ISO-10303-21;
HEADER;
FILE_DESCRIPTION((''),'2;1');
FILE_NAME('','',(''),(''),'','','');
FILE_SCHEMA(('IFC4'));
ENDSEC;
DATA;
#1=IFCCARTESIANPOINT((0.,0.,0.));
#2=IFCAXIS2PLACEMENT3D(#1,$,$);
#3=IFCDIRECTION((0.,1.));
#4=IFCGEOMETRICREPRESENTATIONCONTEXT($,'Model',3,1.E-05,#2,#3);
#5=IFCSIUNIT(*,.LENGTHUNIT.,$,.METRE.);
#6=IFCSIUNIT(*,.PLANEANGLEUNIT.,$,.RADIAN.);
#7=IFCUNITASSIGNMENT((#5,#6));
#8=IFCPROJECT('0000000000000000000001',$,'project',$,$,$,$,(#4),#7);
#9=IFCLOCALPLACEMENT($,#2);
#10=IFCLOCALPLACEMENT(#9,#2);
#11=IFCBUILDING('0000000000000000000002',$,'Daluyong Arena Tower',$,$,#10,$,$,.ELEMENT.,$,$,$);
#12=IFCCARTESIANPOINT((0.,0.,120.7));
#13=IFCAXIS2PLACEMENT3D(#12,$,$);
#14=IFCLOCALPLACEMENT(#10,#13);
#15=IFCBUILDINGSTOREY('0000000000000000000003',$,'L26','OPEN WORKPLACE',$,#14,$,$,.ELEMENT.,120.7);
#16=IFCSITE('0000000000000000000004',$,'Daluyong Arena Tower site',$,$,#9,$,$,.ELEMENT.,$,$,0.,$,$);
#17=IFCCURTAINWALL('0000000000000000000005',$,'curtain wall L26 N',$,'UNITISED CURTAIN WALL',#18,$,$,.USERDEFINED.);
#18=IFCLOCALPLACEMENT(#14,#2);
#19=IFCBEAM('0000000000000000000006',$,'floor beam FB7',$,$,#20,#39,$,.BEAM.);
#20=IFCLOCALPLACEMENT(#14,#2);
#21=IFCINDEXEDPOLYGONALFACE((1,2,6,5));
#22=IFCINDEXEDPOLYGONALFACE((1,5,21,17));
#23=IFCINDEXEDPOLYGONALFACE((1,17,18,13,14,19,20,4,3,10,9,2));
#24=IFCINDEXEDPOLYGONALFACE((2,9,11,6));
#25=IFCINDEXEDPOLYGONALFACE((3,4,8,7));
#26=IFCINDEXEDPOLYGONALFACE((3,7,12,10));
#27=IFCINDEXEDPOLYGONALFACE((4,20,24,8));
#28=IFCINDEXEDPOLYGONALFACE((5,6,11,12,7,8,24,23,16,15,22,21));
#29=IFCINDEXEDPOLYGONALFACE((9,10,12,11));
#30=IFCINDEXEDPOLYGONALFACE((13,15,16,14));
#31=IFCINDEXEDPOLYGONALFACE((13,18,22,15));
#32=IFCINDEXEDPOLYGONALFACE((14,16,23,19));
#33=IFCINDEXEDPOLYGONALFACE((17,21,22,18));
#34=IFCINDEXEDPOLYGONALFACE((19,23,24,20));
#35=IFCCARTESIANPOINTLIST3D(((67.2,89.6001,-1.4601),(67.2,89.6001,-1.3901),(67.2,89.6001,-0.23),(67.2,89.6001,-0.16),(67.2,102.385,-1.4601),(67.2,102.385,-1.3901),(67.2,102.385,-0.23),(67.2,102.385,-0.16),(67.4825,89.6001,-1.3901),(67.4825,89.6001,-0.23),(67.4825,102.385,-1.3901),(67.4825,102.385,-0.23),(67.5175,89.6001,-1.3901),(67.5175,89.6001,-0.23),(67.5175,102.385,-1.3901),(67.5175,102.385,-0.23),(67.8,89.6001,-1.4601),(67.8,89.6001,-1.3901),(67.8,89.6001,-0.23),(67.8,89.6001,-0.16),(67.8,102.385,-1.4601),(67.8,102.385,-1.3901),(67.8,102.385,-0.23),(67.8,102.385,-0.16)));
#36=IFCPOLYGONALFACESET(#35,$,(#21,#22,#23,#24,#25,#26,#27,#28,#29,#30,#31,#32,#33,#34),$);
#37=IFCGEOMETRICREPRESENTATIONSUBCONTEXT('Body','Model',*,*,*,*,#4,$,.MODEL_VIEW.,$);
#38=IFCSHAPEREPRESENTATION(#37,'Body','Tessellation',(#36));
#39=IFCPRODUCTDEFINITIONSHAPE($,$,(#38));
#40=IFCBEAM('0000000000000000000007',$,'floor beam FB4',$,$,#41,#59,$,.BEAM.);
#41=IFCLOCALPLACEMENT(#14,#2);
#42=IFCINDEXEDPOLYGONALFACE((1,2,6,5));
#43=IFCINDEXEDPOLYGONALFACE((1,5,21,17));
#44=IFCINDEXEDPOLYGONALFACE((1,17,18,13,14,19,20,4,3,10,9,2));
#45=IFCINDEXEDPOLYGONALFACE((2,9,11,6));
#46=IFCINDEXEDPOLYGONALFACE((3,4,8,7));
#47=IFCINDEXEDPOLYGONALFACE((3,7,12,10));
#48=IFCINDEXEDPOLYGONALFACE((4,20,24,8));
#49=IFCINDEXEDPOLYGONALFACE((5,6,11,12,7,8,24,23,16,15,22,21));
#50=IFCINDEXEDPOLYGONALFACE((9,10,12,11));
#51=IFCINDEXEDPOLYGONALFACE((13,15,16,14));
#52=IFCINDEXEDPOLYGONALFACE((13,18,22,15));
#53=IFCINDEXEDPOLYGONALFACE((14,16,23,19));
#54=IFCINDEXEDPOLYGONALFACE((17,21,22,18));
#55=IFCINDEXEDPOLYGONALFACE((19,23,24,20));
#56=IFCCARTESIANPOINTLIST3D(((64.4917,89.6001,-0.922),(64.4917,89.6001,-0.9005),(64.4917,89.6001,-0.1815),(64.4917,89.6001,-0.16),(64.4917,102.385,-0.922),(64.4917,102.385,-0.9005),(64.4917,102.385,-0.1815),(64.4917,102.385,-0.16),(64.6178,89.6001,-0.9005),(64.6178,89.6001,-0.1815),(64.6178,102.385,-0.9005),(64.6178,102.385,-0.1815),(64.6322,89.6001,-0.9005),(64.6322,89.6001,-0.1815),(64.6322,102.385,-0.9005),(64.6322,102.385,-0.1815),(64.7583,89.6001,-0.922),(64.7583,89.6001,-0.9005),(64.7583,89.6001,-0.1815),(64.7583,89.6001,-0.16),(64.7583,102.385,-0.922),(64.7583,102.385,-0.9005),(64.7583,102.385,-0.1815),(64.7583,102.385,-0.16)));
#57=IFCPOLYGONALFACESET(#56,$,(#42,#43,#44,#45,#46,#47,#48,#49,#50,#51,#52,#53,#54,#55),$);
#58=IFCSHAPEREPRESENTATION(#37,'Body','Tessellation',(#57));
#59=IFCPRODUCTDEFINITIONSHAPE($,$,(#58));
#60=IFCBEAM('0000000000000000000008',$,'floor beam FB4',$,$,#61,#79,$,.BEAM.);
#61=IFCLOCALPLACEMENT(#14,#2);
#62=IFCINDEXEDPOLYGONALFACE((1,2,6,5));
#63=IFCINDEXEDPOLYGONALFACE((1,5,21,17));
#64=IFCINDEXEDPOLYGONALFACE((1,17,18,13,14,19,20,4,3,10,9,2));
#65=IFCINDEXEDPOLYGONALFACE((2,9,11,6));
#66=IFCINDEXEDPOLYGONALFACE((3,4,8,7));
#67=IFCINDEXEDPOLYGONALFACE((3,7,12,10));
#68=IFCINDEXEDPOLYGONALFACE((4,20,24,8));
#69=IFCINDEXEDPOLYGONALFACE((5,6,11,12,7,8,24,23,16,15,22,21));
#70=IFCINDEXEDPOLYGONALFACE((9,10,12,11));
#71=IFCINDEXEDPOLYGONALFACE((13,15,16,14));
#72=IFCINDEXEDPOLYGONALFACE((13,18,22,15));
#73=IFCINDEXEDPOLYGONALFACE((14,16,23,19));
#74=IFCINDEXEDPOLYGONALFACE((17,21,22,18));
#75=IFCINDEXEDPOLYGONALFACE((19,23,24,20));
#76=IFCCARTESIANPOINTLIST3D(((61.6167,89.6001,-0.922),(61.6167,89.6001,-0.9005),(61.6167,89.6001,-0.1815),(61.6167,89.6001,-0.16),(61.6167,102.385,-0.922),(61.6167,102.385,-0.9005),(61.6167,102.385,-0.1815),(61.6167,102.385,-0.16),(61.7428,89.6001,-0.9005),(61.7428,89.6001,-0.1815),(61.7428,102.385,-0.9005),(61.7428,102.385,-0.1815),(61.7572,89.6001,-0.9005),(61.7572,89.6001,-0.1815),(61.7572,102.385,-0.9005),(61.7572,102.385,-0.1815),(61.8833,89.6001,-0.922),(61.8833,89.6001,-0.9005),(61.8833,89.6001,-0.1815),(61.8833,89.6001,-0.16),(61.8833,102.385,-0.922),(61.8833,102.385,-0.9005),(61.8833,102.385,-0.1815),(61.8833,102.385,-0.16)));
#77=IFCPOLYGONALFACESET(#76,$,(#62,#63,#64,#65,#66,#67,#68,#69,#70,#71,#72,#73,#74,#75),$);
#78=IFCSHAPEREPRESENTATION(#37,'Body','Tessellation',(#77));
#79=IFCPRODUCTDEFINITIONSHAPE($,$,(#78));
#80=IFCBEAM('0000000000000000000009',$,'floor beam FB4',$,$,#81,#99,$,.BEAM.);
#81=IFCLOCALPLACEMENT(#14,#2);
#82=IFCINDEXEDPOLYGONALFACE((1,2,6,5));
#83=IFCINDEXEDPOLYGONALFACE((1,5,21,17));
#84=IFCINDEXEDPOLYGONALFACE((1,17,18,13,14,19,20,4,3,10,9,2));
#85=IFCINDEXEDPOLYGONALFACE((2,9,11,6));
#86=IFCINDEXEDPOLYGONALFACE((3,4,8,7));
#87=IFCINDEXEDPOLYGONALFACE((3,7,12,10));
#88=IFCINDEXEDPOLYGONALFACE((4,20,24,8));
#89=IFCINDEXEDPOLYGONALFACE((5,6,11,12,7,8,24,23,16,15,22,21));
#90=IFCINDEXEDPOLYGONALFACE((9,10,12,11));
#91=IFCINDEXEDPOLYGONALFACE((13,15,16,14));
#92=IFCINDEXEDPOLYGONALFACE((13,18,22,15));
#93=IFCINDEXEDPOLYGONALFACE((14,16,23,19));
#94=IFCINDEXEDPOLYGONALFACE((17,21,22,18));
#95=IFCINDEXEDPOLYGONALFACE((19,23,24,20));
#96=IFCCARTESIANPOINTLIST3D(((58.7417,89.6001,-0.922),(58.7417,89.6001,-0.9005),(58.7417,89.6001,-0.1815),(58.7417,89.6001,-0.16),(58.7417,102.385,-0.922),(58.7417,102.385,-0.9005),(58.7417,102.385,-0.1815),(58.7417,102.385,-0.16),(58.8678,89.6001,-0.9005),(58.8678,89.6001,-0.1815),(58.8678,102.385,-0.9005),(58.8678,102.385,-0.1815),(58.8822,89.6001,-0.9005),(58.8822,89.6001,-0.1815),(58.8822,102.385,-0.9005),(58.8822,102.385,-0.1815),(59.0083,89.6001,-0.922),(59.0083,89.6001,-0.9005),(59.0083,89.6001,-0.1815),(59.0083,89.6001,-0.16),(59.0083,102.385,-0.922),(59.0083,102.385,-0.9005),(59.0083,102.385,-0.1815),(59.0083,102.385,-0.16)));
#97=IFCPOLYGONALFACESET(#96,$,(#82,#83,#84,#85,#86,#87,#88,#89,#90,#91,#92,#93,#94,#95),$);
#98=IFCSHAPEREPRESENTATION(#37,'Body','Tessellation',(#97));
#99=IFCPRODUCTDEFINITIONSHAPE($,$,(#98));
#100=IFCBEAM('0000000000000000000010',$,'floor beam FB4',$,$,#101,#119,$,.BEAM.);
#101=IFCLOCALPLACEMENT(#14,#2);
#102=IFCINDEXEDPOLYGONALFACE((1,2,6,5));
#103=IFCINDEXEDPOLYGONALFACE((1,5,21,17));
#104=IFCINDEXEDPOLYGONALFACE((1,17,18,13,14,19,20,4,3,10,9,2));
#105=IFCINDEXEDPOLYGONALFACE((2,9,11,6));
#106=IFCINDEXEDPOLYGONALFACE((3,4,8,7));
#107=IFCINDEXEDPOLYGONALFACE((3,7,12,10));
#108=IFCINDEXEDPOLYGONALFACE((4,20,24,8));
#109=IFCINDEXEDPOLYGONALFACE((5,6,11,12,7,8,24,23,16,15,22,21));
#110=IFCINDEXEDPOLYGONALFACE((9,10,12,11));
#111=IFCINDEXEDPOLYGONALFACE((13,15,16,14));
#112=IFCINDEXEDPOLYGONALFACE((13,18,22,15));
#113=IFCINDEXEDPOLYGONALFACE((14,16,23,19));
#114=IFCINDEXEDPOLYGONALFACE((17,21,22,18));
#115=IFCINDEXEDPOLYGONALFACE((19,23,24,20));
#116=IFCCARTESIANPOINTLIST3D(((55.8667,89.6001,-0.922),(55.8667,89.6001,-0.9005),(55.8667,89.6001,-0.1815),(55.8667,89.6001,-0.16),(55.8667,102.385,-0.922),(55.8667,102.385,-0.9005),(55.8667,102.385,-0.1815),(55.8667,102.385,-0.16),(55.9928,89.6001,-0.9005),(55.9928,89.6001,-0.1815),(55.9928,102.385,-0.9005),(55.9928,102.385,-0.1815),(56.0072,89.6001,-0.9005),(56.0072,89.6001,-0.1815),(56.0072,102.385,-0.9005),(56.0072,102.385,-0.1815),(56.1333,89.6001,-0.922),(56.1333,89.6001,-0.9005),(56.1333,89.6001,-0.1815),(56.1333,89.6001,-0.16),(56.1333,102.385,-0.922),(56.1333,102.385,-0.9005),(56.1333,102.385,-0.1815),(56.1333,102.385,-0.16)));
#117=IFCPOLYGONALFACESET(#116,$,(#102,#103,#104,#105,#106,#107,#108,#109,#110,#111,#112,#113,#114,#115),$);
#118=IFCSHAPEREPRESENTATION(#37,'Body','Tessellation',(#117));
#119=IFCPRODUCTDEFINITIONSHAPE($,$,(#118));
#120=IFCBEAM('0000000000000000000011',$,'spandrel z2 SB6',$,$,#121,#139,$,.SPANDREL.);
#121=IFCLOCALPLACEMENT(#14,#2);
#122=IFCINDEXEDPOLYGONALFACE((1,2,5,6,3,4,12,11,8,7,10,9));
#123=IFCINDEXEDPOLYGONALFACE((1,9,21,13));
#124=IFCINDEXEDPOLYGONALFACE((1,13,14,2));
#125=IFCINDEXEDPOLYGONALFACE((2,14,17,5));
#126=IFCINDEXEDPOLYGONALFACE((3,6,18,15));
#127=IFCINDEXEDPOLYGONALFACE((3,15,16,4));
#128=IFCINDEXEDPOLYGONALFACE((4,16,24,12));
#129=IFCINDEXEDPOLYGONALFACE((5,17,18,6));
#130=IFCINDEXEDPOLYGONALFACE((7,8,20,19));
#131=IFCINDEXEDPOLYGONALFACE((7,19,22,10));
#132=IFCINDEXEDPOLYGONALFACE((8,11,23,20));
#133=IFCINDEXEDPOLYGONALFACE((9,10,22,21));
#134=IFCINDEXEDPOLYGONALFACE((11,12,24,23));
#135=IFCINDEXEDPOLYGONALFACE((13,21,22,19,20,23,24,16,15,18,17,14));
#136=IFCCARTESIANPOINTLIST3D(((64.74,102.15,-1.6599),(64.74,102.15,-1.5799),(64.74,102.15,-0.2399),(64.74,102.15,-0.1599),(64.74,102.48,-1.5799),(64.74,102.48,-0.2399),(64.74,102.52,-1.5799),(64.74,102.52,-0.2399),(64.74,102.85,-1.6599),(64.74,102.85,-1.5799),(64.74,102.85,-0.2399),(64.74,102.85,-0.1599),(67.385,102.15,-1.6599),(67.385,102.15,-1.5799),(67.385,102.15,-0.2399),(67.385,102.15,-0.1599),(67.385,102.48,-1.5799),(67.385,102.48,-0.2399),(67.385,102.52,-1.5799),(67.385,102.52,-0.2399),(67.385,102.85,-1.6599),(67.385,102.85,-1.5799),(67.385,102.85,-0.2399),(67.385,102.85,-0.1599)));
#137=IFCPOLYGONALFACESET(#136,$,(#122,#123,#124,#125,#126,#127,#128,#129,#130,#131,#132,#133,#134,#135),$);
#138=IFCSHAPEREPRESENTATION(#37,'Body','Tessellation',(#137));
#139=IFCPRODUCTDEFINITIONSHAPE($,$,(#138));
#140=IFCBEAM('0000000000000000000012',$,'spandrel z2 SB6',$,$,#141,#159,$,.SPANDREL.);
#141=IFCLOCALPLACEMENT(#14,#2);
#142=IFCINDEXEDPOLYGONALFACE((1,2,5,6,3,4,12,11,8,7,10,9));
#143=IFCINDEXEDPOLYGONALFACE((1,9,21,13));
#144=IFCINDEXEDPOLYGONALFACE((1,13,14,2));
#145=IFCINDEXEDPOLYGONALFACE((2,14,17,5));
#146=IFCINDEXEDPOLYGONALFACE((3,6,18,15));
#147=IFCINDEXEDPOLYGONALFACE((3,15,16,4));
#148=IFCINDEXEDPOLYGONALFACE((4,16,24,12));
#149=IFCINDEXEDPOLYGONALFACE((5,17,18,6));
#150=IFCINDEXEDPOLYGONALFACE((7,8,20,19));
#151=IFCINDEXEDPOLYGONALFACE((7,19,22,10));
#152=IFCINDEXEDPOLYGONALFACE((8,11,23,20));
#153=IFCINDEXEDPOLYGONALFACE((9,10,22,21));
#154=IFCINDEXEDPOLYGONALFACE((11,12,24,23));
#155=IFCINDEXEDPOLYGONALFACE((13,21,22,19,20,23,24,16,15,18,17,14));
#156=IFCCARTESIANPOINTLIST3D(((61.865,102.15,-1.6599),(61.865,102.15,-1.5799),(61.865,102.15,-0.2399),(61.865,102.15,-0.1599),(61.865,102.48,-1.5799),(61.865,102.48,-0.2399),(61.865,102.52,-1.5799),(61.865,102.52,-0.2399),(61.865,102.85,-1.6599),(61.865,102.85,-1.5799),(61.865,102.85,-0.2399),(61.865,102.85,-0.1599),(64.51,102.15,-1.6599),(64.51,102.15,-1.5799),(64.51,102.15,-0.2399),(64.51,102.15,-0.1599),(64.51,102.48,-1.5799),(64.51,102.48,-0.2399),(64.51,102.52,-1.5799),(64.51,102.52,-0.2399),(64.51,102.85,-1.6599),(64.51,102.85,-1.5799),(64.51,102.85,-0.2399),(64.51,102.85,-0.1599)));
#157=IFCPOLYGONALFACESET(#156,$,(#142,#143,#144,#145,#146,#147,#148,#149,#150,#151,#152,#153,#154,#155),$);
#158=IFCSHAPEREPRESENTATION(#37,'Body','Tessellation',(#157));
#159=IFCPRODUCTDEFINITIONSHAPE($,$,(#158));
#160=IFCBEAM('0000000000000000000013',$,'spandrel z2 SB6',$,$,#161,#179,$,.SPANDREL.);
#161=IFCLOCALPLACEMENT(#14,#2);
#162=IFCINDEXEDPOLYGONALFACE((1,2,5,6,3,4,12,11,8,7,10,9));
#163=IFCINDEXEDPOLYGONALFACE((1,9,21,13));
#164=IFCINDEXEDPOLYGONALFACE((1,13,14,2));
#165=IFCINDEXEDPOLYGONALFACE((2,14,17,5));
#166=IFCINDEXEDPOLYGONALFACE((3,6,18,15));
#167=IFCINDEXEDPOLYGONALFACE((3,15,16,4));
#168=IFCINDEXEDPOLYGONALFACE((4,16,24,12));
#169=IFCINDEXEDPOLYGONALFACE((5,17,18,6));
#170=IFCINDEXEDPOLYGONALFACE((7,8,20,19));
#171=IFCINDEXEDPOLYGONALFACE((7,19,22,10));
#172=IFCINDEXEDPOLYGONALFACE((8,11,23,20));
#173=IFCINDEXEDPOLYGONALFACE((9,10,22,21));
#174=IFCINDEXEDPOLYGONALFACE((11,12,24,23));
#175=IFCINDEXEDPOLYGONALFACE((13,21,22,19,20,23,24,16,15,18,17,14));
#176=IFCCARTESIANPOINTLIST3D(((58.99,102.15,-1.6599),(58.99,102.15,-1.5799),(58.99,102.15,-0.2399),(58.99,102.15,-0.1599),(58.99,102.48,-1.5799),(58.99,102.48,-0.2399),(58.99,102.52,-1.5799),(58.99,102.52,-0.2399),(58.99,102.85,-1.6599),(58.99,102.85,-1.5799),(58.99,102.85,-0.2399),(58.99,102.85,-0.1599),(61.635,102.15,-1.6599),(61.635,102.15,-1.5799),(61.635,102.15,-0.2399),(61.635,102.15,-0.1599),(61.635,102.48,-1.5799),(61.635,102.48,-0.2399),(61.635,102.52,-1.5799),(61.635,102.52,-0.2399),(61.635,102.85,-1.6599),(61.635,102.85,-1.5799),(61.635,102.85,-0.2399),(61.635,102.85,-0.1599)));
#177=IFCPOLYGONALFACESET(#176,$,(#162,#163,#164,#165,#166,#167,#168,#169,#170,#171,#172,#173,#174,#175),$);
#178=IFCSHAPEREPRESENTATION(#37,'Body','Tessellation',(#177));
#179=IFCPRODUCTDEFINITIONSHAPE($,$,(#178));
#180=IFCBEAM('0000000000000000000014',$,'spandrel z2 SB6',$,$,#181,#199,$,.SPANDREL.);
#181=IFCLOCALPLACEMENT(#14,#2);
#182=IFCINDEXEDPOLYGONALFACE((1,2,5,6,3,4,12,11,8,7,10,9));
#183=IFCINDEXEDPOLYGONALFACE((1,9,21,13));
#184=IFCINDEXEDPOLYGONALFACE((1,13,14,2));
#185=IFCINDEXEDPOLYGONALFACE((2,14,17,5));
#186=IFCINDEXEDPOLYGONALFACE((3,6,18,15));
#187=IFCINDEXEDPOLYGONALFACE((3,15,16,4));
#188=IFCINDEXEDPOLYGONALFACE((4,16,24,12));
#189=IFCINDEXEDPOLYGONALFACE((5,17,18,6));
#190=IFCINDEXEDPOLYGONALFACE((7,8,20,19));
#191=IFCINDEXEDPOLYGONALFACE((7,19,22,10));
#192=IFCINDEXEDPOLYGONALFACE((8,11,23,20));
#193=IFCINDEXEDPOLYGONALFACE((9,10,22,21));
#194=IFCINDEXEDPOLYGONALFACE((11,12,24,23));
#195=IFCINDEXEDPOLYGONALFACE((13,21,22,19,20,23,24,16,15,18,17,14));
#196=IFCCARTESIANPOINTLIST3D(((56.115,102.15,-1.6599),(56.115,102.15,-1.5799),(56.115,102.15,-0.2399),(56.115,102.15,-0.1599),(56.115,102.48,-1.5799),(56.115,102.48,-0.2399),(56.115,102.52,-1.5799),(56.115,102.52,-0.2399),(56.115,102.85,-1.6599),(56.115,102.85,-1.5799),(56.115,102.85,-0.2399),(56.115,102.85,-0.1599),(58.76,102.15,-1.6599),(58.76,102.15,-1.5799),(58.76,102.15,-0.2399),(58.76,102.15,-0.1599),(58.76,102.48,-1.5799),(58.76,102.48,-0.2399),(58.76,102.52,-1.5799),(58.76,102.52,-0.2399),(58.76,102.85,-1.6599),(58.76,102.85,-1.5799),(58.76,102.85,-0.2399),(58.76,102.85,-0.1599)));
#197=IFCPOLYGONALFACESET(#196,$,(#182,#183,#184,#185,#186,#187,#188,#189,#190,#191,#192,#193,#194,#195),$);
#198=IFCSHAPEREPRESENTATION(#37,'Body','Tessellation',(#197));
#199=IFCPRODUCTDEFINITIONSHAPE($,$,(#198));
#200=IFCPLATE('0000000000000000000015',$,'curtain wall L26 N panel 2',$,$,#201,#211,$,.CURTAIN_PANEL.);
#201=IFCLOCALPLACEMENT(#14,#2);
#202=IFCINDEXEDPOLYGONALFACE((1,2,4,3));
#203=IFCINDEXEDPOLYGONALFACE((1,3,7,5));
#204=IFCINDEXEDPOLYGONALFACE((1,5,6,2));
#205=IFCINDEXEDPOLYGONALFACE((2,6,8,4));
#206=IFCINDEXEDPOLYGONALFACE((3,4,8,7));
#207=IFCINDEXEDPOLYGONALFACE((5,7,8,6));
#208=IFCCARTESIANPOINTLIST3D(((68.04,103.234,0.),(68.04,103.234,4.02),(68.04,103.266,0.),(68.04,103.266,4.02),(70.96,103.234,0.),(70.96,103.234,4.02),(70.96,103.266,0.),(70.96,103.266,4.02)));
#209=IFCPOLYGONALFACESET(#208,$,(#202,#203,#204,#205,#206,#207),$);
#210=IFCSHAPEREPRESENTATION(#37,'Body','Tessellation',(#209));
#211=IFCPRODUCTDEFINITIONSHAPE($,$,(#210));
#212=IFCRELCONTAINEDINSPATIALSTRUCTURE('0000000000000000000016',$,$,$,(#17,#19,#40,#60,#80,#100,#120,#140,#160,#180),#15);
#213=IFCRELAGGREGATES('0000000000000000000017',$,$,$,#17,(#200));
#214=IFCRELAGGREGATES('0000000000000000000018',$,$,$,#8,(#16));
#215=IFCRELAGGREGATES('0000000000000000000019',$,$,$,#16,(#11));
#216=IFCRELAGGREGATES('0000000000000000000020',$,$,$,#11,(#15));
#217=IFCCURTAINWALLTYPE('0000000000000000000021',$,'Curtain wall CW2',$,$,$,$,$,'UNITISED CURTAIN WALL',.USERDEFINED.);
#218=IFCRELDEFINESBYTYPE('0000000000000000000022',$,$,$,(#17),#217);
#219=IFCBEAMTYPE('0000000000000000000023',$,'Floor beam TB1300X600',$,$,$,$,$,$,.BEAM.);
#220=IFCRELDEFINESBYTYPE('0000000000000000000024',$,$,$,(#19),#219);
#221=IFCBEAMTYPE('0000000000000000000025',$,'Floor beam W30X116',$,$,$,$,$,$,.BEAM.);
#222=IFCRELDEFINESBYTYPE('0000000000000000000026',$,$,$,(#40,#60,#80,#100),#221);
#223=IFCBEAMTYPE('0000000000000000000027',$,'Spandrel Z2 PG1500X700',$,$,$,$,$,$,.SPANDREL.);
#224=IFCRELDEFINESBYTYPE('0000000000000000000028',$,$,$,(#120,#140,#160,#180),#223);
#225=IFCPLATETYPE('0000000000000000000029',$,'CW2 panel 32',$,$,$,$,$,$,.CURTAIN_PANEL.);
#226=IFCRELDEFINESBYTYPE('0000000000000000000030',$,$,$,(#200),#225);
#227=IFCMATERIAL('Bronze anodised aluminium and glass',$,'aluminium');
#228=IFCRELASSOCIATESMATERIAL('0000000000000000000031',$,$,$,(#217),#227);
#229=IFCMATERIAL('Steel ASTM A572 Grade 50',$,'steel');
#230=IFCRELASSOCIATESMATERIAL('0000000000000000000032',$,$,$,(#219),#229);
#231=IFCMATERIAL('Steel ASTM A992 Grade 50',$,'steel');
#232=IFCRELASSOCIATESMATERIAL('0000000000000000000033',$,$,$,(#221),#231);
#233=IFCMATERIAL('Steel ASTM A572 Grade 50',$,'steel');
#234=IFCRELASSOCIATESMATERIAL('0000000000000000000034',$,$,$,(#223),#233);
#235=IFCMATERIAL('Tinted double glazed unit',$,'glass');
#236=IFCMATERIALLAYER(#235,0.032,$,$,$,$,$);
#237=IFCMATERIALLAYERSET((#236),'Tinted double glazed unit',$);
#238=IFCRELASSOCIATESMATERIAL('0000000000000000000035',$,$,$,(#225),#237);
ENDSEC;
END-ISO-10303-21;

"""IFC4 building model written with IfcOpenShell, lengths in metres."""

from ifc_helpers import new_model, si_unit, direction, frame, origin, origin_2d, place, context, subcontext, project, spatial, rectangle, i_section, extrude, material, layer, layer_set, material_profile, profile_set, type_object, element, aggregate, save


model = new_model("IFC4")

# Units and contexts
model_context = context("Model", 3, precision=1e-05, world=origin(), true_north=direction((0.0, 1.0)))
body_context = subcontext(model_context, "Body", "Model", "MODEL_VIEW")
ifc_project = project(units=[si_unit("LENGTHUNIT", "METRE"), si_unit("PLANEANGLEUNIT", "RADIAN")], contexts=[model_context])

# Site, building, storey
site_placement = place(None, origin())
site = spatial("IfcSite", under=ifc_project, at=site_placement, Name="Daluyong Arena Tower site", CompositionType="ELEMENT", RefElevation=0.0)
building_placement = place(site_placement, origin())
building = spatial("IfcBuilding", under=site, at=building_placement, Name="Daluyong Arena Tower", CompositionType="ELEMENT")
storey_placement = place(building_placement, frame((0.0, 0.0, 120.7)))
storey = spatial("IfcBuildingStorey", under=building, at=storey_placement, Name="L26", Description="OPEN WORKPLACE", CompositionType="ELEMENT", Elevation=120.7)

# Curtain wall
ifc_material_1 = material(Name="Bronze anodised aluminium and glass", Category="aluminium")
curtain_wall_type = type_object("IfcCurtainWallType", Name="Curtain wall CW2", ElementType="UNITISED CURTAIN WALL", PredefinedType="USERDEFINED", material=ifc_material_1)
curtain_wall_placement = place(storey_placement, origin())
curtain_wall = element("IfcCurtainWall", 1, at=curtain_wall_placement, inside=storey, type_object=curtain_wall_type, Name="curtain wall L26 N", ObjectType="UNITISED CURTAIN WALL", PredefinedType="USERDEFINED")

# Beams
ifc_material_2 = material(Name="Steel ASTM A572 Grade 50", Category="steel")
ifc_material_profile_1 = material_profile(ifc_material_2, i_section(OverallWidth=0.6001, OverallDepth=1.3, WebThickness=0.035, FlangeThickness=0.07, at=origin_2d()))
ifc_profile_set_1 = profile_set([ifc_material_profile_1], Name="Steel ASTM A572 Grade 50")
beam_type_1 = type_object("IfcBeamType", Name="Floor beam TB1300X600", PredefinedType="BEAM", material=ifc_profile_set_1)
beam_placement = place(storey_placement, frame((67.5, 102.385, -0.8101), z_axis=(0.0, -1.0, 0.0), x_axis=(1.0, 0.0, 0.0)))
element("IfcBeam", 2, at=beam_placement, inside=storey, type_object=beam_type_1, Name="floor beam FB7", PredefinedType="BEAM", context=body_context, shape_type="SweptSolid", body=[
    extrude(i_section(OverallWidth=0.6001, OverallDepth=1.3, WebThickness=0.035, FlangeThickness=0.07, at=origin_2d()), origin(), (0.0, 0.0, 1.0), 12.7849),
])
ifc_material_3 = material(Name="Steel ASTM A992 Grade 50", Category="steel")
ifc_material_profile_2 = material_profile(ifc_material_3, i_section(OverallWidth=0.2666, OverallDepth=0.762, WebThickness=0.0144, FlangeThickness=0.0215, at=origin_2d()))
ifc_profile_set_2 = profile_set([ifc_material_profile_2], Name="Steel ASTM A992 Grade 50")
beam_type_2 = type_object("IfcBeamType", Name="Floor beam W30X116", PredefinedType="BEAM", material=ifc_profile_set_2)
for number, where, z_axis, x_axis, name in (
    (3, (64.625, 102.385, -0.541), (0.0, -1.0, 0.0), (1.0, 0.0, 0.0), "floor beam FB4"),
    (4, (61.75, 102.385, -0.541), (0.0, -1.0, 0.0), (1.0, 0.0, 0.0), "floor beam FB4"),
    (5, (58.875, 102.385, -0.541), (0.0, -1.0, 0.0), (1.0, 0.0, 0.0), "floor beam FB4"),
    (6, (56.0, 102.385, -0.541), (0.0, -1.0, 0.0), (1.0, 0.0, 0.0), "floor beam FB4"),
):
    element("IfcBeam", number, at=place(storey_placement, frame(where, z_axis=z_axis, x_axis=x_axis)), inside=storey, type_object=beam_type_2, Name=name, PredefinedType="BEAM", context=body_context, shape_type="SweptSolid", body=[
        extrude(i_section(OverallWidth=0.2666, OverallDepth=0.762, WebThickness=0.0144, FlangeThickness=0.0215, at=origin_2d()), origin(), (0.0, 0.0, 1.0), 12.7849),
    ])
ifc_material_4 = material(Name="Steel ASTM A572 Grade 50", Category="steel")
ifc_material_profile_3 = material_profile(ifc_material_4, i_section(OverallWidth=0.7, OverallDepth=1.5, WebThickness=0.04, FlangeThickness=0.08, at=origin_2d()))
ifc_profile_set_3 = profile_set([ifc_material_profile_3], Name="Steel ASTM A572 Grade 50")
beam_type_3 = type_object("IfcBeamType", Name="Spandrel Z2 PG1500X700", PredefinedType="SPANDREL", material=ifc_profile_set_3)
for number, where, z_axis, x_axis, name in (
    (7, (67.385, 102.5, -0.9099), (-1.0, 0.0, 0.0), (0.0, -1.0, 0.0), "spandrel z2 SB6"),
    (8, (64.51, 102.5, -0.9099), (-1.0, 0.0, 0.0), (0.0, -1.0, 0.0), "spandrel z2 SB6"),
    (9, (61.635, 102.5, -0.9099), (-1.0, 0.0, 0.0), (0.0, -1.0, 0.0), "spandrel z2 SB6"),
    (10, (58.76, 102.5, -0.9099), (-1.0, 0.0, 0.0), (0.0, -1.0, 0.0), "spandrel z2 SB6"),
):
    element("IfcBeam", number, at=place(storey_placement, frame(where, z_axis=z_axis, x_axis=x_axis)), inside=storey, type_object=beam_type_3, Name=name, PredefinedType="SPANDREL", context=body_context, shape_type="SweptSolid", body=[
        extrude(i_section(OverallWidth=0.7, OverallDepth=1.5, WebThickness=0.04, FlangeThickness=0.08, at=origin_2d()), origin(), (0.0, 0.0, 1.0), 2.645),
    ])

# Plate
ifc_material_5 = material(Name="Tinted double glazed unit", Category="glass")
ifc_layer_1 = layer(ifc_material_5, 0.032)
ifc_layer_set_1 = layer_set([ifc_layer_1], Name="Tinted double glazed unit")
plate_type = type_object("IfcPlateType", Name="CW2 panel 32", PredefinedType="CURTAIN_PANEL", material=ifc_layer_set_1)
plate_1_placement = place(storey_placement, frame((69.5, 103.25, 0.0), z_axis=(0.0, 0.0, 1.0), x_axis=(-1.0, 0.0, 0.0)))
plate_1 = element("IfcPlate", 11, at=plate_1_placement, type_object=plate_type, Name="curtain wall L26 N panel 2", PredefinedType="CURTAIN_PANEL", context=body_context, shape_type="SweptSolid", body=[
    extrude(rectangle(XDim=2.9199, YDim=0.032, at=origin_2d()), origin(), (0.0, 0.0, 1.0), 4.02),
])
aggregate(curtain_wall, [plate_1])

save(model, "model.ifc")
